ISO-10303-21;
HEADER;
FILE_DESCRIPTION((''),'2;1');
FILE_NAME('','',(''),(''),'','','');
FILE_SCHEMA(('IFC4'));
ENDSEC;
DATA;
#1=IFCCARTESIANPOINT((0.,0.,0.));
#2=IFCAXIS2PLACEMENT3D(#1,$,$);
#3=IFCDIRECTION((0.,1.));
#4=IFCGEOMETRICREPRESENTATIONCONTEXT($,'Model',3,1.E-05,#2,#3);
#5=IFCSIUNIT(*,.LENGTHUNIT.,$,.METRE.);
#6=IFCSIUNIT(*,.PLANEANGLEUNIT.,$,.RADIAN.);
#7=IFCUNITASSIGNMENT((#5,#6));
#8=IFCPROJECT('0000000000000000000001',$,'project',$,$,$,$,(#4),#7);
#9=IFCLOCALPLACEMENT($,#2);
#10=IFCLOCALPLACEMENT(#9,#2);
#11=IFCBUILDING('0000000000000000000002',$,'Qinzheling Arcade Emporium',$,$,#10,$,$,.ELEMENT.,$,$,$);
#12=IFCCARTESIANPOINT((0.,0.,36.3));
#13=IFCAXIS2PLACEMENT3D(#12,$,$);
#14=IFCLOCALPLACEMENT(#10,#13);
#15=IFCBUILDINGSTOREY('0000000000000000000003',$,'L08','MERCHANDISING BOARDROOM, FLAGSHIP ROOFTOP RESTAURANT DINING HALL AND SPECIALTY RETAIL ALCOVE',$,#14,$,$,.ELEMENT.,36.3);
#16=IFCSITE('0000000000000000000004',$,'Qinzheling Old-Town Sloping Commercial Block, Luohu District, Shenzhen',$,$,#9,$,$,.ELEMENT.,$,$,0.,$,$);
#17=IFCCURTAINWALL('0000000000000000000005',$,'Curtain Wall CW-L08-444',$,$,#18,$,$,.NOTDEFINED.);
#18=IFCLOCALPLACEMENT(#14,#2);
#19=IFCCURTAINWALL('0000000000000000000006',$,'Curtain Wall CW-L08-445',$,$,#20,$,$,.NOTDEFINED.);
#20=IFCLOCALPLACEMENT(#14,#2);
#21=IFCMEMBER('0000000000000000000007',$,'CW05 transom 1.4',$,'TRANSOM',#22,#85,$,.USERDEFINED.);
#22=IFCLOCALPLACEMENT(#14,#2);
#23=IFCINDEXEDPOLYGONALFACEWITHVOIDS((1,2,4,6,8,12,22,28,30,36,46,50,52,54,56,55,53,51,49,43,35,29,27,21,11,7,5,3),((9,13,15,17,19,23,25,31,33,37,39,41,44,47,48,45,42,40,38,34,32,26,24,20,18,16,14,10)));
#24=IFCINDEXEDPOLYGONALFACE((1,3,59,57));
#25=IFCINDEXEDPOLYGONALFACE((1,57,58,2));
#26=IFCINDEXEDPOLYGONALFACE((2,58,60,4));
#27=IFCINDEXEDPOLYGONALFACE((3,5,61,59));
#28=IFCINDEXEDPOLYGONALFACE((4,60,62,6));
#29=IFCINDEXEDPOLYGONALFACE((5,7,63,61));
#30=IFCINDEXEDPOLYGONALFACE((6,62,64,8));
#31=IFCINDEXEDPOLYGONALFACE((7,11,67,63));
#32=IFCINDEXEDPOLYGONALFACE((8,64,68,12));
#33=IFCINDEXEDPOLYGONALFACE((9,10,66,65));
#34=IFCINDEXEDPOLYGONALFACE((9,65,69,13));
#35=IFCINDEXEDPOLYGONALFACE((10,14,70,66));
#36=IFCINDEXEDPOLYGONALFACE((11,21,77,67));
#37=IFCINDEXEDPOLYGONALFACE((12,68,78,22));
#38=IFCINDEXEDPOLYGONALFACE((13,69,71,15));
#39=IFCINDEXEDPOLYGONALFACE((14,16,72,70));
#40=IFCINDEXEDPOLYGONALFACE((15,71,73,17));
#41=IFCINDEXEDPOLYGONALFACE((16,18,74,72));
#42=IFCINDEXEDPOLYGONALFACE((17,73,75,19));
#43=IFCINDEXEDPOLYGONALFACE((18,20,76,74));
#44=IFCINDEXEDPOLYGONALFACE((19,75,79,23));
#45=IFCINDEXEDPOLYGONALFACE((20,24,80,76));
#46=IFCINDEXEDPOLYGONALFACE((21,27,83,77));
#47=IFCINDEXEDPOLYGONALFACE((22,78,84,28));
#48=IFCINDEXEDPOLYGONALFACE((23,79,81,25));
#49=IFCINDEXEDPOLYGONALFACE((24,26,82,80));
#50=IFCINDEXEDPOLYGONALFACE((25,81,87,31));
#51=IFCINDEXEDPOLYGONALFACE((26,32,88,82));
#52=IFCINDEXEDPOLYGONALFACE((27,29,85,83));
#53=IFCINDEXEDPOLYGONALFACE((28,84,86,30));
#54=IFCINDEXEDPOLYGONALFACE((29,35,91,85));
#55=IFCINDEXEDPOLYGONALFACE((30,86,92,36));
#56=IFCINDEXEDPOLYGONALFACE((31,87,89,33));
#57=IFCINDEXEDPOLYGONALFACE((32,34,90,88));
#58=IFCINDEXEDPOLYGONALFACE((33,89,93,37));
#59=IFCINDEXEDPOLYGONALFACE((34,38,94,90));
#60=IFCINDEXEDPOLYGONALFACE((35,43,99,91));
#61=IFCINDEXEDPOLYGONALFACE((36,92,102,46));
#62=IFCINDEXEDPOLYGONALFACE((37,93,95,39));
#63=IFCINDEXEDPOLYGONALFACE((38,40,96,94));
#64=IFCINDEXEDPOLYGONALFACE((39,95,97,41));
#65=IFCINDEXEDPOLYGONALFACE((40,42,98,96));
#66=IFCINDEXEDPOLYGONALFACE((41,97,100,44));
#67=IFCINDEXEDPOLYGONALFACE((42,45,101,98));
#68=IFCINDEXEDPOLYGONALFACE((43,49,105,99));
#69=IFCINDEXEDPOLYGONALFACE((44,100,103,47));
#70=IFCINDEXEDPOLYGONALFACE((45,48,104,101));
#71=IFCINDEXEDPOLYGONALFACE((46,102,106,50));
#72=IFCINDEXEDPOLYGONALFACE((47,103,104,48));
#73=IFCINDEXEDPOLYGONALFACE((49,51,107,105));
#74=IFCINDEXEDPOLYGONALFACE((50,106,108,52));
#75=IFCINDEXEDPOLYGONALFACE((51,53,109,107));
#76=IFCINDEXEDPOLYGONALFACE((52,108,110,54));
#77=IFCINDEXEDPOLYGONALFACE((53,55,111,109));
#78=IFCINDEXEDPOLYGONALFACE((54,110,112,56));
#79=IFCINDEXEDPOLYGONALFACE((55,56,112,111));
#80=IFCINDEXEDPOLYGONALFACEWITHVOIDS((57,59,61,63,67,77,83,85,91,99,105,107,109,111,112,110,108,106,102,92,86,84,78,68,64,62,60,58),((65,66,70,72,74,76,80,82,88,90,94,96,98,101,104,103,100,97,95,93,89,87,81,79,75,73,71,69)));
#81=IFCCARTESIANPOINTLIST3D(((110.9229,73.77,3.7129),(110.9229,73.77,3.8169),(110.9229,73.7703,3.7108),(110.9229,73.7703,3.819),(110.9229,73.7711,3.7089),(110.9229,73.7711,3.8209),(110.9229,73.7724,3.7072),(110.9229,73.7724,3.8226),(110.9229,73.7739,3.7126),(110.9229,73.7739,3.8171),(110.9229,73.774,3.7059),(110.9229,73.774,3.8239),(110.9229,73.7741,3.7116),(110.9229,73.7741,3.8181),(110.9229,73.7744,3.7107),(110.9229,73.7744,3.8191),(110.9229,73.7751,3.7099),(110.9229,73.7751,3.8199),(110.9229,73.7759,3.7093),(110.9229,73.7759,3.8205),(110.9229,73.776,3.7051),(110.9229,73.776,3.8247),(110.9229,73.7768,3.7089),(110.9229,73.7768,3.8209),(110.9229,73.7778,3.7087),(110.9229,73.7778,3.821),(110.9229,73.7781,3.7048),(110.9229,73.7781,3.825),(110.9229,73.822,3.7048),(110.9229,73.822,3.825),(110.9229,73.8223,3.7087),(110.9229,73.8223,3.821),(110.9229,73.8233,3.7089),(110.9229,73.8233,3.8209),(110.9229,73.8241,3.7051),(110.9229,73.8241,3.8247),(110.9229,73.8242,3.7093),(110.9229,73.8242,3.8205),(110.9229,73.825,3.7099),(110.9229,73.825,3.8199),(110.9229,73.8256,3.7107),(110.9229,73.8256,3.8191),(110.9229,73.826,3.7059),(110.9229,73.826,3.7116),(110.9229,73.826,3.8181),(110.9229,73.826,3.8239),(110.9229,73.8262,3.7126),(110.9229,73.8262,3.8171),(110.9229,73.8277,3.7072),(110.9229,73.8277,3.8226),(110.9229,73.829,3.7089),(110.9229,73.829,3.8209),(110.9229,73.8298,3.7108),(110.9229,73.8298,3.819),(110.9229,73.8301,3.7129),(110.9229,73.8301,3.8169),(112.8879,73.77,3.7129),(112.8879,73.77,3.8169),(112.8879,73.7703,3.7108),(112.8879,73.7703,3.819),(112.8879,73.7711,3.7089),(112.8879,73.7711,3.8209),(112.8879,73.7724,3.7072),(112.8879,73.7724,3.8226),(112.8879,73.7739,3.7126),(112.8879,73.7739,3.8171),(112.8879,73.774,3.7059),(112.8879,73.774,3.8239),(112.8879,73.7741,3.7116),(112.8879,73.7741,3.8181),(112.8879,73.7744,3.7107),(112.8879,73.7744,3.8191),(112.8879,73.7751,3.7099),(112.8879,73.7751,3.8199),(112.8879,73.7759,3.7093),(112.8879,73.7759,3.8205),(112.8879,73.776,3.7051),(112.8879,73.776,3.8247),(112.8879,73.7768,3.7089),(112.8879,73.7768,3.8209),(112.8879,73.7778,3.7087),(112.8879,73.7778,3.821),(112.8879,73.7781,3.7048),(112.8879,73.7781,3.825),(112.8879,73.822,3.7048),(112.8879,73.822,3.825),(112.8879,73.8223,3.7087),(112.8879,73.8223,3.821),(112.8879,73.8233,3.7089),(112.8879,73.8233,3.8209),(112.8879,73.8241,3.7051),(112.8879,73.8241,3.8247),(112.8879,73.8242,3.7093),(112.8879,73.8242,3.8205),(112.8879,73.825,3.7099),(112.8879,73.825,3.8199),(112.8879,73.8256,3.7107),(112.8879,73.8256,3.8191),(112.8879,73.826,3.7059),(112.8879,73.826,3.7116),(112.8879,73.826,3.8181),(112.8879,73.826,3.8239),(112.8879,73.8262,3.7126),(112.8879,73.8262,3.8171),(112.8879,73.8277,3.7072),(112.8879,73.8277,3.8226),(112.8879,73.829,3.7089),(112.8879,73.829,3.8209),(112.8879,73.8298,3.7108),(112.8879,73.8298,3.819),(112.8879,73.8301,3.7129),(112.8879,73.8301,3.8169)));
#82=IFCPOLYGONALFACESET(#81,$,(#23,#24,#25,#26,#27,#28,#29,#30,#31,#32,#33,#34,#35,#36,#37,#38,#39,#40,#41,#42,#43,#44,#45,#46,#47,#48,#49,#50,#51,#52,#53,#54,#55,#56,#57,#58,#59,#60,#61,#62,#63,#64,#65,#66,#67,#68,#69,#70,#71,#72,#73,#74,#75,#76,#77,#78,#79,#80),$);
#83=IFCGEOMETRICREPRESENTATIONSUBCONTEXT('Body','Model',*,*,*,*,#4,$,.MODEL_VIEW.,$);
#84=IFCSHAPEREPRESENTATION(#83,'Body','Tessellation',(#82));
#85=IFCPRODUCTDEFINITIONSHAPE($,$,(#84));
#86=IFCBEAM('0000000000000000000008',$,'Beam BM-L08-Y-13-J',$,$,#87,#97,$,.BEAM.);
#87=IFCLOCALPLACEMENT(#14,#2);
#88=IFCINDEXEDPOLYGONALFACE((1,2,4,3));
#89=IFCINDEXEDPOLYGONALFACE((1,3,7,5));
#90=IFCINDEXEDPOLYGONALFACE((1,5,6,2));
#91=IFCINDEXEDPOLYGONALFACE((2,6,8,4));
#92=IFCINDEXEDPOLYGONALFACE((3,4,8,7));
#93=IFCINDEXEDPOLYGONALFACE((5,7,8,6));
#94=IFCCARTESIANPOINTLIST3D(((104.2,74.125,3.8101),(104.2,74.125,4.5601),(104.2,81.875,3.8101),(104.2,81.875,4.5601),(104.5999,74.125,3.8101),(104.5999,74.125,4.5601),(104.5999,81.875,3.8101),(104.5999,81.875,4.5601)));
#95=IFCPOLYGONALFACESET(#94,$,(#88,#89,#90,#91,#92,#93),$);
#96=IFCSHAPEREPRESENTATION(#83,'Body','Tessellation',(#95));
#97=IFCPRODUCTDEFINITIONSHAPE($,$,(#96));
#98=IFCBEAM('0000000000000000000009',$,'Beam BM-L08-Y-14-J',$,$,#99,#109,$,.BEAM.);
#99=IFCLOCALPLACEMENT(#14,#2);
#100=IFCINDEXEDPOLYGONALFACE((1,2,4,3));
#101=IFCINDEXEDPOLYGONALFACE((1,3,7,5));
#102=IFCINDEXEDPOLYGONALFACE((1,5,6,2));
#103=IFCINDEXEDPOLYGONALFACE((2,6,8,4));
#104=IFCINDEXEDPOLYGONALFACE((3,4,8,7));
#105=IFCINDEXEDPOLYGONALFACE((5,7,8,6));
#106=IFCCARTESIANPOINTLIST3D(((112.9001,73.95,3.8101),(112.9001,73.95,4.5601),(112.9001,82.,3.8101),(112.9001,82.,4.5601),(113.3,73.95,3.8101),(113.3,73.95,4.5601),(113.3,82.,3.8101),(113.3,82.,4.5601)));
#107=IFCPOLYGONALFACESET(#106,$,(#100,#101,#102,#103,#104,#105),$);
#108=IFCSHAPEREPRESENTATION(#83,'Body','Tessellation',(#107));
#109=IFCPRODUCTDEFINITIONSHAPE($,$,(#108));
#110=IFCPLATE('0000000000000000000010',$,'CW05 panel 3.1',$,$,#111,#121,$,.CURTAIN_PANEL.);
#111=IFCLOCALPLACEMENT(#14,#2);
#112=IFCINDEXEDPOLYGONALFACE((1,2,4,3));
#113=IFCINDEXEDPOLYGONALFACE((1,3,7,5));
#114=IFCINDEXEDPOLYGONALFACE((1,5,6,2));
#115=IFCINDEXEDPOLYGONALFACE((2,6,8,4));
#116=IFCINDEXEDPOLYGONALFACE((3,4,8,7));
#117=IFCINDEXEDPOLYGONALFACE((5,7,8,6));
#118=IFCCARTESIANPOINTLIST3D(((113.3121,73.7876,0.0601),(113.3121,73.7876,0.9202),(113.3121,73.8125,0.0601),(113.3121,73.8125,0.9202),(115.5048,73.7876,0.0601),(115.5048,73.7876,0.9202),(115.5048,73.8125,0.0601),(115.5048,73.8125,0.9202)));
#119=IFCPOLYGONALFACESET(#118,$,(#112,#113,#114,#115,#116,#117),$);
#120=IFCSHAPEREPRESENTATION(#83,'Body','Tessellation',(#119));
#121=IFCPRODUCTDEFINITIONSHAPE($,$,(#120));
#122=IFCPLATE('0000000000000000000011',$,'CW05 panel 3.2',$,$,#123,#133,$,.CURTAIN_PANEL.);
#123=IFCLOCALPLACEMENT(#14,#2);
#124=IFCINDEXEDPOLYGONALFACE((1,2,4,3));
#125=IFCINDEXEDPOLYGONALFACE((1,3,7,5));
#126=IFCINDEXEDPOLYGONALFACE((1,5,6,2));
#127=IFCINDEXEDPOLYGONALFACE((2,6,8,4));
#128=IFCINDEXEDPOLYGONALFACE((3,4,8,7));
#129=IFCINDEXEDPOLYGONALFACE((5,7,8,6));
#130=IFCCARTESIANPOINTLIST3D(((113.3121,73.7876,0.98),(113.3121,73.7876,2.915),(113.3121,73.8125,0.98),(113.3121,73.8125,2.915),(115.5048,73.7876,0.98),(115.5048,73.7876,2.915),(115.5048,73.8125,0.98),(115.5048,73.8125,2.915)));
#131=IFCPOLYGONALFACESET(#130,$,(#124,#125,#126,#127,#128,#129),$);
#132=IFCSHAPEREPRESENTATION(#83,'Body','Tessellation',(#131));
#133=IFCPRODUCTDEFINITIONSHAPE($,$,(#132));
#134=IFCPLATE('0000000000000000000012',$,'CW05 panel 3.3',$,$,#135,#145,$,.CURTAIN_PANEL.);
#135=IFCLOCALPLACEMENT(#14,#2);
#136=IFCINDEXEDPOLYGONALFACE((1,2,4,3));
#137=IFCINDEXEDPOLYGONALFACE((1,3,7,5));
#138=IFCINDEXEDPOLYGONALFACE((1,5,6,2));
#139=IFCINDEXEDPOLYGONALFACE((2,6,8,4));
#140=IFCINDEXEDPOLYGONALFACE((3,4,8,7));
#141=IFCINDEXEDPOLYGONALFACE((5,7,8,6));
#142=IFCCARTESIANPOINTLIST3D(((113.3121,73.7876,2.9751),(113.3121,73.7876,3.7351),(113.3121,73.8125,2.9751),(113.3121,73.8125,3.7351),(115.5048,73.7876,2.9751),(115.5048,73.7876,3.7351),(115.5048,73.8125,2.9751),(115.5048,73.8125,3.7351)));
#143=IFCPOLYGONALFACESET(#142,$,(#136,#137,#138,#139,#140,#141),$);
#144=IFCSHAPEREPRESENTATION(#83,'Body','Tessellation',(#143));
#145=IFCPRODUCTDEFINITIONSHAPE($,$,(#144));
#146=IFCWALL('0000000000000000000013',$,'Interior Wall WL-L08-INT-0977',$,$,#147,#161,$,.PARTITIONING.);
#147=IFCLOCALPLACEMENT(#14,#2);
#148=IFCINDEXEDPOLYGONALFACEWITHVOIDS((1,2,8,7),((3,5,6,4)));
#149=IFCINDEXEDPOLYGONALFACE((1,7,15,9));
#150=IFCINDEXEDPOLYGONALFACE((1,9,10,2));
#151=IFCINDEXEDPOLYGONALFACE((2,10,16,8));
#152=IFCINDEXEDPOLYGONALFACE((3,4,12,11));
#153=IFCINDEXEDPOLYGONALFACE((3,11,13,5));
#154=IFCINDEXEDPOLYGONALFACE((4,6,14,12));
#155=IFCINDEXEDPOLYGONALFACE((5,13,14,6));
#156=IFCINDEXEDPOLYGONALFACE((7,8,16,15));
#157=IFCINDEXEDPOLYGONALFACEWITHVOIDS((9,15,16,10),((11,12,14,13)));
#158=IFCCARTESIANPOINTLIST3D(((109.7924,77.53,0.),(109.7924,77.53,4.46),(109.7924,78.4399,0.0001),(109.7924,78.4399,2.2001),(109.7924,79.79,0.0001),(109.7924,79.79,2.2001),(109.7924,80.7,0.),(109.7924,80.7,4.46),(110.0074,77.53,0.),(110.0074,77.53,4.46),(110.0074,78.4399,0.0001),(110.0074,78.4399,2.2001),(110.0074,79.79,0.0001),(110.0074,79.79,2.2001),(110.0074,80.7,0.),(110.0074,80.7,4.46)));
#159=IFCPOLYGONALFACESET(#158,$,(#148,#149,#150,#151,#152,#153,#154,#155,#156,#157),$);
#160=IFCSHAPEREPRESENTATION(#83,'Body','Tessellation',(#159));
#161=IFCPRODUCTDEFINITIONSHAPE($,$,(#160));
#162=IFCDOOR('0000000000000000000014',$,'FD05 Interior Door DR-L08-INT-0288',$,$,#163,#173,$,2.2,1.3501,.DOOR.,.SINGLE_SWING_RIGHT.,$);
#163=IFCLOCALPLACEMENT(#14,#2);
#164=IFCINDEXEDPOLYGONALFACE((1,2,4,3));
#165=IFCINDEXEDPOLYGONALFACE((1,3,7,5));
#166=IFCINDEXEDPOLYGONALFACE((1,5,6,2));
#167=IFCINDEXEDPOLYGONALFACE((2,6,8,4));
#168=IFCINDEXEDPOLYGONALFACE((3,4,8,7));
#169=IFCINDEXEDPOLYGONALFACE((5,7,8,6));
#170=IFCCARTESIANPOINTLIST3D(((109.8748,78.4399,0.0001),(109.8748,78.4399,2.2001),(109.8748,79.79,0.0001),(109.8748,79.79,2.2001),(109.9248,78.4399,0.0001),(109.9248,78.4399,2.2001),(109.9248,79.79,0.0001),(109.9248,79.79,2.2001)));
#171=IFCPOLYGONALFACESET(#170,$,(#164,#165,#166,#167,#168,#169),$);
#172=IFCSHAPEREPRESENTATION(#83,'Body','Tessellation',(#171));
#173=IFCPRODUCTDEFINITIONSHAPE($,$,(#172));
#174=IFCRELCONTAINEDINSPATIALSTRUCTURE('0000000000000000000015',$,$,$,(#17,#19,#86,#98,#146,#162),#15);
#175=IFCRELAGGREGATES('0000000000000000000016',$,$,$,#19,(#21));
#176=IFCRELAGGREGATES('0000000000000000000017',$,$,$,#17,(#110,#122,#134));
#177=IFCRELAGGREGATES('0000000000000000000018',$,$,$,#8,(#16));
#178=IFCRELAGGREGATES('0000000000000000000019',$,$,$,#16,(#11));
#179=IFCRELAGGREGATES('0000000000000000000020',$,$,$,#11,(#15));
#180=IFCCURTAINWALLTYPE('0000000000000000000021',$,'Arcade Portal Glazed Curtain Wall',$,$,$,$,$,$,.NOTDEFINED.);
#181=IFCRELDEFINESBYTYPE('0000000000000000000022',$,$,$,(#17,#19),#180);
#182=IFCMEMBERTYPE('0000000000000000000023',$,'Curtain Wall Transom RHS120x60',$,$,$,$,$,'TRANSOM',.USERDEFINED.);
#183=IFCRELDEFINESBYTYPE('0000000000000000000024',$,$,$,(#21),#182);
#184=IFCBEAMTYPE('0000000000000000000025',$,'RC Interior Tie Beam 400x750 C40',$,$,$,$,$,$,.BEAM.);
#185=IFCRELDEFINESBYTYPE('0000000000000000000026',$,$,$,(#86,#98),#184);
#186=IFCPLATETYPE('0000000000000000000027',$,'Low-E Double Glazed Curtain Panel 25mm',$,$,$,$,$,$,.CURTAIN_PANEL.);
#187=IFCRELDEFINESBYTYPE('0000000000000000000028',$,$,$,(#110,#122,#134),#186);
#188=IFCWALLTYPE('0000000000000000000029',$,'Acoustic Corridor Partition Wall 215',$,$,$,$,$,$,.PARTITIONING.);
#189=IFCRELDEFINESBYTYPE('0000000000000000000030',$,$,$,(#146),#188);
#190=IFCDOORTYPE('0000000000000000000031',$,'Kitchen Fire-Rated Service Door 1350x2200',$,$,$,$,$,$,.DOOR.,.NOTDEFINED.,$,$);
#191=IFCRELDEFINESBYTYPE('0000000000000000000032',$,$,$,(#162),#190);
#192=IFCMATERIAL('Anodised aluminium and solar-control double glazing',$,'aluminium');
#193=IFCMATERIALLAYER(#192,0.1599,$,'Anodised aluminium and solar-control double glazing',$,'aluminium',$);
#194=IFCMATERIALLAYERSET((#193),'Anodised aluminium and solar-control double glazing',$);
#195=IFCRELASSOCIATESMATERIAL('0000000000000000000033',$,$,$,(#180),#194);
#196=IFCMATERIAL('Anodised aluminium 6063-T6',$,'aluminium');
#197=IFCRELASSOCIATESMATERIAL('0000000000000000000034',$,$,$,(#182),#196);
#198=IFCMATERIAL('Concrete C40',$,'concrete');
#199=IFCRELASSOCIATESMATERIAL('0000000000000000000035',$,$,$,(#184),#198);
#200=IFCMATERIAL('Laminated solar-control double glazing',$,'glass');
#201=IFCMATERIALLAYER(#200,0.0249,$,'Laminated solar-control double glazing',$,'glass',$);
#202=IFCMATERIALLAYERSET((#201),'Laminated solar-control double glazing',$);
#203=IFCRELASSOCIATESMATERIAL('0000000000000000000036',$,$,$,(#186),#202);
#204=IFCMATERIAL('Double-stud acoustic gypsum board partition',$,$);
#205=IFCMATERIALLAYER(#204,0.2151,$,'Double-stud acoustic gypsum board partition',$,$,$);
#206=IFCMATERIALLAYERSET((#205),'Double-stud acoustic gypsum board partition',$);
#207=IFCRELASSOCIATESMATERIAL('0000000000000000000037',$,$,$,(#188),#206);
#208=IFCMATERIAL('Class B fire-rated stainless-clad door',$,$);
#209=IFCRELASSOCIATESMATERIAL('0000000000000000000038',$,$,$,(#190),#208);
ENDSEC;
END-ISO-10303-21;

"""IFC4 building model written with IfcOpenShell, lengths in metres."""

from ifc_helpers import new_model, si_unit, direction, frame, frame_2d, origin, origin_2d, place, context, subcontext, project, spatial, rectangle, hollow_rectangle, extrude, material, layer, layer_set, material_profile, profile_set, type_object, element, fill, aggregate, save


model = new_model("IFC4")

# Units and contexts
model_context = context("Model", 3, precision=1e-05, world=origin(), true_north=direction((0.0, 1.0)))
body_context = subcontext(model_context, "Body", "Model", "MODEL_VIEW")
ifc_project = project(units=[si_unit("LENGTHUNIT", "METRE"), si_unit("PLANEANGLEUNIT", "RADIAN")], contexts=[model_context])

# Site, building, storey
site_placement = place(None, origin())
site = spatial("IfcSite", under=ifc_project, at=site_placement, Name="Qinzheling Old-Town Sloping Commercial Block, Luohu District, Shenzhen", CompositionType="ELEMENT", RefElevation=0.0)
building_placement = place(site_placement, origin())
building = spatial("IfcBuilding", under=site, at=building_placement, Name="Qinzheling Arcade Emporium", CompositionType="ELEMENT")
storey_placement = place(building_placement, frame((0.0, 0.0, 36.3)))
storey = spatial("IfcBuildingStorey", under=building, at=storey_placement, Name="L08", Description="MERCHANDISING BOARDROOM, FLAGSHIP ROOFTOP RESTAURANT DINING HALL AND SPECIALTY RETAIL ALCOVE", CompositionType="ELEMENT", Elevation=36.3)

# Shared definitions
ifc_material_1 = material(Name="Concrete C40", Category="concrete")

# Curtain walls
ifc_material_2 = material(Name="Anodised aluminium and solar-control double glazing", Category="aluminium")
ifc_layer_1 = layer(ifc_material_2, 0.1599, Name="Anodised aluminium and solar-control double glazing", Category="aluminium")
ifc_layer_set_1 = layer_set([ifc_layer_1], Name="Anodised aluminium and solar-control double glazing")
curtain_wall_type = type_object("IfcCurtainWallType", Name="Arcade Portal Glazed Curtain Wall", PredefinedType="NOTDEFINED", material=ifc_layer_set_1)
curtain_wall_1_placement = place(storey_placement, origin())
curtain_wall_1 = element("IfcCurtainWall", 1, at=curtain_wall_1_placement, inside=storey, type_object=curtain_wall_type, Name="Curtain Wall CW-L08-444", PredefinedType="NOTDEFINED")
ifc_material_3 = material(Name="Anodised aluminium 6063-T6", Category="aluminium")
curtain_wall_2_placement = place(storey_placement, origin())
curtain_wall_2 = element("IfcCurtainWall", 2, at=curtain_wall_2_placement, inside=storey, type_object=curtain_wall_type, Name="Curtain Wall CW-L08-445", PredefinedType="NOTDEFINED")

# Member
ifc_material_profile_1 = material_profile(ifc_material_3, hollow_rectangle(XDim=0.0601, YDim=0.1201, WallThickness=0.0039, InnerFilletRadius=0.0039, OuterFilletRadius=0.0081, at=origin_2d()), Name="RHS 120x60x4", Category="aluminium")
ifc_profile_set_1 = profile_set([ifc_material_profile_1], Name="Anodised aluminium 6063-T6")
member_type_1 = type_object("IfcMemberType", Name="Curtain Wall Transom RHS120x60", ElementType="TRANSOM", PredefinedType="USERDEFINED", material=ifc_profile_set_1)
member_1_placement = place(storey_placement, frame((112.8879, 73.8, 3.7649), z_axis=(-1.0, 0.0, 0.0), x_axis=(0.0, -1.0, 0.0)))
member_1 = element("IfcMember", 3, at=member_1_placement, type_object=member_type_1, Name="CW05 transom 1.4", ObjectType="TRANSOM", PredefinedType="USERDEFINED", context=body_context, shape_type="SweptSolid", body=[
    extrude(hollow_rectangle(XDim=0.0601, YDim=0.1201, WallThickness=0.0039, InnerFilletRadius=0.0039, OuterFilletRadius=0.0081, at=origin_2d()), origin(), (0.0, 0.0, 1.0), 1.9651),
])
aggregate(curtain_wall_2, [member_1])

# Beams
ifc_material_profile_2 = material_profile(ifc_material_1, rectangle(XDim=0.3999, YDim=0.75, at=origin_2d()), Name="RC 400x750", Category="concrete")
ifc_profile_set_2 = profile_set([ifc_material_profile_2], Name="Concrete C40")
beam_type = type_object("IfcBeamType", Name="RC Interior Tie Beam 400x750 C40", PredefinedType="BEAM", material=ifc_profile_set_2)
beam_1_placement = place(storey_placement, frame((104.3999, 74.125, 4.1851), z_axis=(0.0, 1.0, 0.0), x_axis=(-1.0, 0.0, 0.0)))
element("IfcBeam", 4, at=beam_1_placement, inside=storey, type_object=beam_type, Name="Beam BM-L08-Y-13-J", PredefinedType="BEAM", context=body_context, shape_type="SweptSolid", body=[
    extrude(rectangle(XDim=0.3999, YDim=0.75, at=origin_2d()), origin(), (0.0, 0.0, 1.0), 7.75),
])
beam_2_placement = place(storey_placement, frame((113.1001, 73.95, 4.1851), z_axis=(0.0, 1.0, 0.0), x_axis=(-1.0, 0.0, 0.0)))
element("IfcBeam", 5, at=beam_2_placement, inside=storey, type_object=beam_type, Name="Beam BM-L08-Y-14-J", PredefinedType="BEAM", context=body_context, shape_type="SweptSolid", body=[
    extrude(rectangle(XDim=0.3999, YDim=0.75, at=origin_2d()), origin(), (0.0, 0.0, 1.0), 8.05),
])

# Plates
ifc_material_4 = material(Name="Laminated solar-control double glazing", Category="glass")
ifc_layer_2 = layer(ifc_material_4, 0.0249, Name="Laminated solar-control double glazing", Category="glass")
ifc_layer_set_2 = layer_set([ifc_layer_2], Name="Laminated solar-control double glazing")
plate_type = type_object("IfcPlateType", Name="Low-E Double Glazed Curtain Panel 25mm", PredefinedType="CURTAIN_PANEL", material=ifc_layer_set_2)
plate_1_placement = place(storey_placement, frame((114.4084, 73.8, 0.0601), z_axis=(0.0, 0.0, 1.0), x_axis=(-1.0, 0.0, 0.0)))
plate_1 = element("IfcPlate", 6, at=plate_1_placement, type_object=plate_type, Name="CW05 panel 3.1", PredefinedType="CURTAIN_PANEL", context=body_context, shape_type="SweptSolid", body=[
    extrude(rectangle(XDim=2.1926, YDim=0.0249, at=origin_2d()), origin(), (0.0, 0.0, 1.0), 0.8601),
])
plate_2_placement = place(storey_placement, frame((114.4084, 73.8, 0.98), z_axis=(0.0, 0.0, 1.0), x_axis=(-1.0, 0.0, 0.0)))
plate_2 = element("IfcPlate", 7, at=plate_2_placement, type_object=plate_type, Name="CW05 panel 3.2", PredefinedType="CURTAIN_PANEL", context=body_context, shape_type="SweptSolid", body=[
    extrude(rectangle(XDim=2.1926, YDim=0.0249, at=origin_2d()), origin(), (0.0, 0.0, 1.0), 1.9351),
])
plate_3_placement = place(storey_placement, frame((114.4084, 73.8, 2.9751), z_axis=(0.0, 0.0, 1.0), x_axis=(-1.0, 0.0, 0.0)))
plate_3 = element("IfcPlate", 8, at=plate_3_placement, type_object=plate_type, Name="CW05 panel 3.3", PredefinedType="CURTAIN_PANEL", context=body_context, shape_type="SweptSolid", body=[
    extrude(rectangle(XDim=2.1926, YDim=0.0249, at=origin_2d()), origin(), (0.0, 0.0, 1.0), 0.76),
])
aggregate(curtain_wall_1, [plate_1, plate_2, plate_3])

# Wall, opening, door
ifc_material_5 = material(Name="Double-stud acoustic gypsum board partition")
ifc_layer_3 = layer(ifc_material_5, 0.2151, Name="Double-stud acoustic gypsum board partition")
ifc_layer_set_3 = layer_set([ifc_layer_3], Name="Double-stud acoustic gypsum board partition")
wall_type_1 = type_object("IfcWallType", Name="Acoustic Corridor Partition Wall 215", PredefinedType="PARTITIONING", material=ifc_layer_set_3)
wall_1_placement = place(storey_placement, frame((109.8999, 80.7, 0.0), z_axis=(0.0, 0.0, 1.0), x_axis=(0.0, -1.0, 0.0)))
wall_1 = element("IfcWall", 9, at=wall_1_placement, inside=storey, type_object=wall_type_1, Name="Interior Wall WL-L08-INT-0977", PredefinedType="PARTITIONING", context=body_context, shape_type="SweptSolid", body=[
    extrude(rectangle(XDim=3.1699, YDim=0.2151, at=frame_2d((1.585, 0.0))), origin(), (0.0, 0.0, 1.0), 4.46),
])
opening_1_placement = place(wall_1_placement, frame((0.9099, 0.0, 0.0)))
opening_1 = element("IfcOpeningElement", 10, at=opening_1_placement, cuts=wall_1, PredefinedType="OPENING", context=body_context, shape_type="SweptSolid", body=[
    extrude(rectangle(XDim=1.3501, YDim=2.2, at=frame_2d((0.675, 1.1001))), frame((0.0, 0.1177, 0.0), z_axis=(0.0, -1.0, 0.0), x_axis=(1.0, 0.0, 0.0)), (0.0, 0.0, 1.0), 0.2351),
])
ifc_material_6 = material(Name="Class B fire-rated stainless-clad door")
door_type_1 = type_object("IfcDoorType", Name="Kitchen Fire-Rated Service Door 1350x2200", OperationType="NOTDEFINED", PredefinedType="DOOR", material=ifc_material_6)
door_1_placement = place(opening_1_placement, origin())
door_1 = element("IfcDoor", 11, at=door_1_placement, inside=storey, type_object=door_type_1, Name="FD05 Interior Door DR-L08-INT-0288", OperationType="SINGLE_SWING_RIGHT", OverallHeight=2.2, OverallWidth=1.3501, PredefinedType="DOOR", context=body_context, shape_type="SweptSolid", body=[
    extrude(rectangle(XDim=1.3501, YDim=2.2, at=frame_2d((0.675, 1.1001))), frame((0.0, 0.0249, 0.0), z_axis=(0.0, -1.0, 0.0), x_axis=(1.0, 0.0, 0.0)), (0.0, 0.0, 1.0), 0.05),
])
fill(opening_1, door_1)

save(model, "model.ifc")
